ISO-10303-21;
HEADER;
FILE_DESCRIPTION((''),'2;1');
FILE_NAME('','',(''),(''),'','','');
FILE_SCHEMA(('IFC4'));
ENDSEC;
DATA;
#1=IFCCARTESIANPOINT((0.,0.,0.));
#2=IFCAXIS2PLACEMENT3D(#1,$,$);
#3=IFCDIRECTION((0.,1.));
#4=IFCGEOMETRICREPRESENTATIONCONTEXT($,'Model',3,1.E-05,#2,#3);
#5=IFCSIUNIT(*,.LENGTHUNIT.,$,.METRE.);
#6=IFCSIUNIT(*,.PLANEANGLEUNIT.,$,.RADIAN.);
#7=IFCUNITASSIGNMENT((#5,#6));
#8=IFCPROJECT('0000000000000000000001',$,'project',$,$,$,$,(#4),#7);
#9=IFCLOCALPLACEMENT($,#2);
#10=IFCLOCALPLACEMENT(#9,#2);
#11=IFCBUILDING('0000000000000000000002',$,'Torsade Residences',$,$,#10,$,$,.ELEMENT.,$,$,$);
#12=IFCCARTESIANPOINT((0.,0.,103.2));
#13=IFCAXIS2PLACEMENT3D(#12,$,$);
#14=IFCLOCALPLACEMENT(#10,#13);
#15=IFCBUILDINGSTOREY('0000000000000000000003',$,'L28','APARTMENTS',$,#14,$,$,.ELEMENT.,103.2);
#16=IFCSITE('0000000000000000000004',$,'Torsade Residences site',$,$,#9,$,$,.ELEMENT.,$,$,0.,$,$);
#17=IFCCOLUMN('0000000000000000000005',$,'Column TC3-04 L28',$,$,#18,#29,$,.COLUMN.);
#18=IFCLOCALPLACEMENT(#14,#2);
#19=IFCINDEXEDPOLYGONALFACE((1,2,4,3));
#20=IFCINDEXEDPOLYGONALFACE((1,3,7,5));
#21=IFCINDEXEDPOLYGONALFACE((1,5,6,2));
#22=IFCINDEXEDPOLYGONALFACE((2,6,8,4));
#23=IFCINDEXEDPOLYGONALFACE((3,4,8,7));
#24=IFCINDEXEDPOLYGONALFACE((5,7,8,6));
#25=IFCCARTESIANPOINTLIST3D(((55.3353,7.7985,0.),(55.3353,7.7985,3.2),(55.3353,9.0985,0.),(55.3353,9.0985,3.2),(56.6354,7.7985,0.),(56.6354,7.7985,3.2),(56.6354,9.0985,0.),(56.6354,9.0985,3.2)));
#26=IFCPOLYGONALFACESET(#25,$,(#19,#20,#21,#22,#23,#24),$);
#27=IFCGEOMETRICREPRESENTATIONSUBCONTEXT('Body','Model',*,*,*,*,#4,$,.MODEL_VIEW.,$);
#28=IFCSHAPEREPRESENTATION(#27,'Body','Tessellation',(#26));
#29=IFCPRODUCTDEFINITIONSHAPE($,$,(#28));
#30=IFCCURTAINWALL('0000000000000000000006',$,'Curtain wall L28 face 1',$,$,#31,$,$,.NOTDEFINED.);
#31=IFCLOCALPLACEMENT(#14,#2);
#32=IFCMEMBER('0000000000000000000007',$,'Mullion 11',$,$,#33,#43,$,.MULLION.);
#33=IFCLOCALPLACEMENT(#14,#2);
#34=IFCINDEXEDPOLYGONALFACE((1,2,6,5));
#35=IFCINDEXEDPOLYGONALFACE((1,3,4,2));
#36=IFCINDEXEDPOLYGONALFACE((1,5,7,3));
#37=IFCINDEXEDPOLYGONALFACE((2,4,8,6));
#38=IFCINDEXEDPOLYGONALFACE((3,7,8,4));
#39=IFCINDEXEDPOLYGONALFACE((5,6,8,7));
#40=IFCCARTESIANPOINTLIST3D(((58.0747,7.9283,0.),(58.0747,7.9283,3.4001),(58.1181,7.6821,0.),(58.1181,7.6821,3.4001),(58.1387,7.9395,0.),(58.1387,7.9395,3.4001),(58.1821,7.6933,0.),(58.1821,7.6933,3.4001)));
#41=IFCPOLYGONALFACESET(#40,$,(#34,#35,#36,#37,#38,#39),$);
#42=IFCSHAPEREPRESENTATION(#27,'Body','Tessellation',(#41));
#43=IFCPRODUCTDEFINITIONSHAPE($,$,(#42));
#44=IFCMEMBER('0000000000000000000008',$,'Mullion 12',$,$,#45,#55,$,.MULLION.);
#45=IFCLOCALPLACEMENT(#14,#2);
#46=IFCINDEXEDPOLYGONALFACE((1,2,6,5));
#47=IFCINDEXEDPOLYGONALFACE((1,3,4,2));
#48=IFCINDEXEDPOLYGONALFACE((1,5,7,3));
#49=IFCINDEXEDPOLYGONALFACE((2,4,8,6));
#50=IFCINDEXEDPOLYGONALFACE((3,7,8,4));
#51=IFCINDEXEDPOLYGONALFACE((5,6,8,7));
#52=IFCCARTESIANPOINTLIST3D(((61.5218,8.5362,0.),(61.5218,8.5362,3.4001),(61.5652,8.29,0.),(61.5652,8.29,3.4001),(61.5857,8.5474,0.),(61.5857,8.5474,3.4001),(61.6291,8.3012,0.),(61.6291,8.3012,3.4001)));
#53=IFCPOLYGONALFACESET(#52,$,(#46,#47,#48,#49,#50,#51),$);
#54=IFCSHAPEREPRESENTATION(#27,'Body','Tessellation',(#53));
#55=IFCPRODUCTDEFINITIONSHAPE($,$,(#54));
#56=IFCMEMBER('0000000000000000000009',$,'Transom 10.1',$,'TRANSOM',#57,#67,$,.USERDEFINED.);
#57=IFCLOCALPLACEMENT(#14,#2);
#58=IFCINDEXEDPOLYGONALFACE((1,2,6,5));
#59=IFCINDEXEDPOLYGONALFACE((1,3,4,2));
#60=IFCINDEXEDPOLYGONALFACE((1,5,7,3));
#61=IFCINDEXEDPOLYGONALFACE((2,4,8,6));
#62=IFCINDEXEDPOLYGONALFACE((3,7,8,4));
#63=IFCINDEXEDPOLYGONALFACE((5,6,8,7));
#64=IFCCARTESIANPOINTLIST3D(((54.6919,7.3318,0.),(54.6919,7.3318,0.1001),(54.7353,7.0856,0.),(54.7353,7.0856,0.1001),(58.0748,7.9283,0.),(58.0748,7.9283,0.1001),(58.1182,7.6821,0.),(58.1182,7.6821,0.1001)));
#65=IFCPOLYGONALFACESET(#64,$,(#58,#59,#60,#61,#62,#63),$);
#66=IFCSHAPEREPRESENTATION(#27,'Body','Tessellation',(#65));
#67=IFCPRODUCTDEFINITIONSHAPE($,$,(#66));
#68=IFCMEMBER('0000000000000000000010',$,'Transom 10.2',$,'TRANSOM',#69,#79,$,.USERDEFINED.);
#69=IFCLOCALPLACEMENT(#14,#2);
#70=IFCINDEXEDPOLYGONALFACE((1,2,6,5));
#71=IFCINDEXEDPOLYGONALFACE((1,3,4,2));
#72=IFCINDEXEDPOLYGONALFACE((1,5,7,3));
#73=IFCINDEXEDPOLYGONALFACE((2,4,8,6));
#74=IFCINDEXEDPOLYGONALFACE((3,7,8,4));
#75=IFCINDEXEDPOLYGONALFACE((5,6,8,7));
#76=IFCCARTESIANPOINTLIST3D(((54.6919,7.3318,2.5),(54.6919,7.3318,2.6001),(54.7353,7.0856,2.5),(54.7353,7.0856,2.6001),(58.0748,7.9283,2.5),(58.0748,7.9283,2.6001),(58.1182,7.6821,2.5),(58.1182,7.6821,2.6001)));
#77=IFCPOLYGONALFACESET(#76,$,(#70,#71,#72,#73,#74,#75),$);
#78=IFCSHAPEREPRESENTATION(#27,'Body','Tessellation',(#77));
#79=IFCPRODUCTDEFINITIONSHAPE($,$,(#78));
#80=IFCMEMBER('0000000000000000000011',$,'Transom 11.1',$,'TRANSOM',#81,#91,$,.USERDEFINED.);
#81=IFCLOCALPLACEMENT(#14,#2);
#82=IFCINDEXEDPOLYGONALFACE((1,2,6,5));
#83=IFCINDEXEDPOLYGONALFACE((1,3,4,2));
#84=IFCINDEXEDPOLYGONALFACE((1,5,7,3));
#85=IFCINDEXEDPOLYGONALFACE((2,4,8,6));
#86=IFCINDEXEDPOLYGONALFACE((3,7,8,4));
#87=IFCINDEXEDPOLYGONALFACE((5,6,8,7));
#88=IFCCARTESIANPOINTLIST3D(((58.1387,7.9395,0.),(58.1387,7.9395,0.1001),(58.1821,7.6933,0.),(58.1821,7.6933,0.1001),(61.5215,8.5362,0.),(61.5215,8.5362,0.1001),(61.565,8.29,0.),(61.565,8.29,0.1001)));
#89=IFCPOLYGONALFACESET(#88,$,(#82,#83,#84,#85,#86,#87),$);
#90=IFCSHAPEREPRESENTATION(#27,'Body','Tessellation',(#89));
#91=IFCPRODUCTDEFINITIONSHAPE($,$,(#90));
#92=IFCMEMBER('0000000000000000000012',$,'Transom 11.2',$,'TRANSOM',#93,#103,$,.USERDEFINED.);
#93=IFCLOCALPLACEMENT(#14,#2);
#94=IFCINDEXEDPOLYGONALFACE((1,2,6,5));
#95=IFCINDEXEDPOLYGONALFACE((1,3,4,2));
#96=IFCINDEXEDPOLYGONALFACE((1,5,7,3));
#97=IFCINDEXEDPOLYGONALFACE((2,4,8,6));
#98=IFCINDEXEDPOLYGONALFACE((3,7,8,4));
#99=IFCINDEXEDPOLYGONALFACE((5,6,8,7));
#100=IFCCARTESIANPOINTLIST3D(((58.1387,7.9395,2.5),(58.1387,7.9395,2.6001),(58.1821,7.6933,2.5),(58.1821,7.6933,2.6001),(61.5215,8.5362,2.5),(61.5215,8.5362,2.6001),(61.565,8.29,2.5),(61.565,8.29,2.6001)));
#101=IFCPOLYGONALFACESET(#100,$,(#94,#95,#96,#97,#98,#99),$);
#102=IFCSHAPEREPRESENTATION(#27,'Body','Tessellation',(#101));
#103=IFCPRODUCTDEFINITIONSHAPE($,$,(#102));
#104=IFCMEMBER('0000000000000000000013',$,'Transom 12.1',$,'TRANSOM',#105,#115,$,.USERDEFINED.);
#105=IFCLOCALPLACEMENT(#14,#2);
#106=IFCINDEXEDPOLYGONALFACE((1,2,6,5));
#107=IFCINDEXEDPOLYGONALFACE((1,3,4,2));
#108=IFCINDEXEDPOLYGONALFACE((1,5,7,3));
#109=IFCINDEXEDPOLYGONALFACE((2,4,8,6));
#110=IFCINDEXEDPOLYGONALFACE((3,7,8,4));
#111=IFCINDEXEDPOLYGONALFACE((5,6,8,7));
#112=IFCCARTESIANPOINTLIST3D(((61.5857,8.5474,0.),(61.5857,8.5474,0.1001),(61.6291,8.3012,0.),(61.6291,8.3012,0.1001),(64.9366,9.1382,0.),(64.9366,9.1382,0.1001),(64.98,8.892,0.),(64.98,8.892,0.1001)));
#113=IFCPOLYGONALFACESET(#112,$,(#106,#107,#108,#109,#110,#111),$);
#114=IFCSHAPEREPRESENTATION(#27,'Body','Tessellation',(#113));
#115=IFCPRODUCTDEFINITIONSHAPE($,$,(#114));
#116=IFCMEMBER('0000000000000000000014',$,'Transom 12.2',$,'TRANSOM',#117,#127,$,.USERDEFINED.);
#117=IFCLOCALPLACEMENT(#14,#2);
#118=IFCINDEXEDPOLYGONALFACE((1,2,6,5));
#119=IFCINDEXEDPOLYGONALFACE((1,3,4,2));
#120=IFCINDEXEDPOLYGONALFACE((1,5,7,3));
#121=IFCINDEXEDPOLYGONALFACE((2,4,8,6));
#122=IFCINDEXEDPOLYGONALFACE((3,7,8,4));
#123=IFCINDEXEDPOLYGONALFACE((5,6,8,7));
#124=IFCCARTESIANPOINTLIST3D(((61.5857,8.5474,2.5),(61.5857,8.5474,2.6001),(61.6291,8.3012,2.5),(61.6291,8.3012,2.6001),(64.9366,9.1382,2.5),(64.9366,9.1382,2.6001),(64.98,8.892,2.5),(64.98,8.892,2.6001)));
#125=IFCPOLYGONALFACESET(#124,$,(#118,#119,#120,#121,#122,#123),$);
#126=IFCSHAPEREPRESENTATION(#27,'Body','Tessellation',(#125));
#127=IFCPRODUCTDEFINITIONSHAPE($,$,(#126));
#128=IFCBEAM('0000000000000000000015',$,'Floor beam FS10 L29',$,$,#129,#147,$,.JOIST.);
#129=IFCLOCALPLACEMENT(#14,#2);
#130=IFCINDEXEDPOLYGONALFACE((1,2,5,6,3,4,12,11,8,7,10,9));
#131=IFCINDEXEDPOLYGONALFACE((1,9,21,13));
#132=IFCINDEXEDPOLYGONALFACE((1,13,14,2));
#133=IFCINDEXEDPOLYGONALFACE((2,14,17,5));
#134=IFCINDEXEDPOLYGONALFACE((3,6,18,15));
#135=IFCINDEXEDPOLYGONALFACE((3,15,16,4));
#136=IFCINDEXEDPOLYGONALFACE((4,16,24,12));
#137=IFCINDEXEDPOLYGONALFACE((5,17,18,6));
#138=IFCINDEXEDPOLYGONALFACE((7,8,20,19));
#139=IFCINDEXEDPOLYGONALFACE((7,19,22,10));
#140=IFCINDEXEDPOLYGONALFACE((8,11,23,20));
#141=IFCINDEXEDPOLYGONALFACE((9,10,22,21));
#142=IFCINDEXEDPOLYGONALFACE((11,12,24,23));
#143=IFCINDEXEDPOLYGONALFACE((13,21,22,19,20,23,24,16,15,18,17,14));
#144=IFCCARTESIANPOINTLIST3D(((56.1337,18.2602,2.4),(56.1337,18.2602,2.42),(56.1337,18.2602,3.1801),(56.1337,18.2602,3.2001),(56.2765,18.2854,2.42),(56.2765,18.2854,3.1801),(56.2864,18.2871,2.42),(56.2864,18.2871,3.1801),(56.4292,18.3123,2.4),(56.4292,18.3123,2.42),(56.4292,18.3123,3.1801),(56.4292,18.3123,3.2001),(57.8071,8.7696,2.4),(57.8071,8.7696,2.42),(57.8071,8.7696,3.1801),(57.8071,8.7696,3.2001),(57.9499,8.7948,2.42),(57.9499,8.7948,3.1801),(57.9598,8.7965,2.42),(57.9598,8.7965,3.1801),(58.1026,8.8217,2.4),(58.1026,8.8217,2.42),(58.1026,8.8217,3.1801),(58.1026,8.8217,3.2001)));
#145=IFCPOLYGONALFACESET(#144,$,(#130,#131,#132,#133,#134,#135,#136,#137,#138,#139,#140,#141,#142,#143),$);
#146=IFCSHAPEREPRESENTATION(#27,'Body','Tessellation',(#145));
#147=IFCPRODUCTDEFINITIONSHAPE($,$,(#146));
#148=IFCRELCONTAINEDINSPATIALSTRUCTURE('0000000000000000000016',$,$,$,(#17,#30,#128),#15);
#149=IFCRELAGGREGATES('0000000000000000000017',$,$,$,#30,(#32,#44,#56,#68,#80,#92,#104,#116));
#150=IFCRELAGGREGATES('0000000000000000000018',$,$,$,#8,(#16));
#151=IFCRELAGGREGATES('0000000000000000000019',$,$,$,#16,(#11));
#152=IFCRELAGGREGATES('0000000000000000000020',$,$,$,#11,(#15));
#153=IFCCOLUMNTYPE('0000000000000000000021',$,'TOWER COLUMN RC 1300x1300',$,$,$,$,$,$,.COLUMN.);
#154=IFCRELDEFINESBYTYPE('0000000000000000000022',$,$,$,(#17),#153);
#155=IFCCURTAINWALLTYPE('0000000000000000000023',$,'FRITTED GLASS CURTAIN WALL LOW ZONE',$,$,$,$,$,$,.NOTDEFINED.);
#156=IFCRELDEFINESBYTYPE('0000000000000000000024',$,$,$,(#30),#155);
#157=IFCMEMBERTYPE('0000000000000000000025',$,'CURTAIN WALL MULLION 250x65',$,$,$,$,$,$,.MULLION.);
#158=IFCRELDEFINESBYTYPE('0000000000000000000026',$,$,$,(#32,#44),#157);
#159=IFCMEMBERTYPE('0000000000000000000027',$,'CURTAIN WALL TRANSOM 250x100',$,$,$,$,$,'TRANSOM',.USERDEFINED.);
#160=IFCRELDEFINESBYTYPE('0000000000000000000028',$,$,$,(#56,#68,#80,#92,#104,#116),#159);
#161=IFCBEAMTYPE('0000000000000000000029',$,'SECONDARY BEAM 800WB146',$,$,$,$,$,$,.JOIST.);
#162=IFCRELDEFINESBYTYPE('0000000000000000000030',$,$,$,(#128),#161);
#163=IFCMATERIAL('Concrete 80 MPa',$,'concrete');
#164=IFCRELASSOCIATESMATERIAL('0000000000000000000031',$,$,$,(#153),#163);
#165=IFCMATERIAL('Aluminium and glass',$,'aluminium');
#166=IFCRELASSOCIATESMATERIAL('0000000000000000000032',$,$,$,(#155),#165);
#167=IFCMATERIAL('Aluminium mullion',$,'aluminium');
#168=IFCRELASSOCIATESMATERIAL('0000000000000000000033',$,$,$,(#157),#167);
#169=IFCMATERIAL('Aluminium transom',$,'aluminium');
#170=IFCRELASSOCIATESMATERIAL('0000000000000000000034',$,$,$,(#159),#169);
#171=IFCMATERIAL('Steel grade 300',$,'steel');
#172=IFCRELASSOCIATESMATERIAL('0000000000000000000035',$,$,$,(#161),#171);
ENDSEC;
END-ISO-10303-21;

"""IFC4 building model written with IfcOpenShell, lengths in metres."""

from ifc_helpers import new_model, si_unit, direction, frame, origin, origin_2d, place, context, subcontext, project, spatial, rectangle, i_section, extrude, material, material_profile, profile_set, type_object, element, aggregate, save


model = new_model("IFC4")

# Units and contexts
model_context = context("Model", 3, precision=1e-05, world=origin(), true_north=direction((0.0, 1.0)))
body_context = subcontext(model_context, "Body", "Model", "MODEL_VIEW")
ifc_project = project(units=[si_unit("LENGTHUNIT", "METRE"), si_unit("PLANEANGLEUNIT", "RADIAN")], contexts=[model_context])

# Site, building, storey
site_placement = place(None, origin())
site = spatial("IfcSite", under=ifc_project, at=site_placement, Name="Torsade Residences site", CompositionType="ELEMENT", RefElevation=0.0)
building_placement = place(site_placement, origin())
building = spatial("IfcBuilding", under=site, at=building_placement, Name="Torsade Residences", CompositionType="ELEMENT")
storey_placement = place(building_placement, frame((0.0, 0.0, 103.2)))
storey = spatial("IfcBuildingStorey", under=building, at=storey_placement, Name="L28", Description="APARTMENTS", CompositionType="ELEMENT", Elevation=103.2)

# Column
ifc_material_1 = material(Name="Concrete 80 MPa", Category="concrete")
ifc_material_profile_1 = material_profile(ifc_material_1, rectangle(XDim=1.3, YDim=1.3, at=origin_2d()), Name="RC 1300x1300")
ifc_profile_set_1 = profile_set([ifc_material_profile_1], Name="Concrete 80 MPa")
column_type = type_object("IfcColumnType", Name="TOWER COLUMN RC 1300x1300", PredefinedType="COLUMN", material=ifc_profile_set_1)
column_placement = place(storey_placement, frame((55.9854, 8.4485, 0.0), z_axis=(0.0, 0.0, 1.0), x_axis=(1.0, 0.0, 0.0)))
element("IfcColumn", 1, at=column_placement, inside=storey, type_object=column_type, Name="Column TC3-04 L28", PredefinedType="COLUMN", context=body_context, shape_type="SweptSolid", body=[
    extrude(rectangle(XDim=1.3, YDim=1.3, at=origin_2d()), origin(), (0.0, 0.0, 1.0), 3.2),
])

# Curtain wall, members
ifc_material_2 = material(Name="Aluminium and glass", Category="aluminium")
curtain_wall_type = type_object("IfcCurtainWallType", Name="FRITTED GLASS CURTAIN WALL LOW ZONE", PredefinedType="NOTDEFINED", material=ifc_material_2)
curtain_wall_placement = place(storey_placement, origin())
curtain_wall = element("IfcCurtainWall", 2, at=curtain_wall_placement, inside=storey, type_object=curtain_wall_type, Name="Curtain wall L28 face 1", PredefinedType="NOTDEFINED")
ifc_material_3 = material(Name="Aluminium mullion", Category="aluminium")
ifc_material_profile_2 = material_profile(ifc_material_3, rectangle(XDim=0.25, YDim=0.0649, at=origin_2d()), Name="CURTAIN WALL MULLION 250x65")
ifc_profile_set_2 = profile_set([ifc_material_profile_2], Name="Aluminium mullion")
member_type_1 = type_object("IfcMemberType", Name="CURTAIN WALL MULLION 250x65", PredefinedType="MULLION", material=ifc_profile_set_2)
member_1_placement = place(storey_placement, frame((58.1284, 7.8108, 0.0), z_axis=(0.0, 0.0, 1.0), x_axis=(-0.173648, 0.984808, 0.0)))
member_1 = element("IfcMember", 3, at=member_1_placement, type_object=member_type_1, Name="Mullion 11", PredefinedType="MULLION", context=body_context, shape_type="SweptSolid", body=[
    extrude(rectangle(XDim=0.25, YDim=0.0649, at=origin_2d()), origin(), (0.0, 0.0, 1.0), 3.4001),
])
member_2_placement = place(storey_placement, frame((61.5754, 8.4187, 0.0), z_axis=(0.0, 0.0, 1.0), x_axis=(-0.173648, 0.984808, 0.0)))
member_2 = element("IfcMember", 4, at=member_2_placement, type_object=member_type_1, Name="Mullion 12", PredefinedType="MULLION", context=body_context, shape_type="SweptSolid", body=[
    extrude(rectangle(XDim=0.25, YDim=0.0649, at=origin_2d()), origin(), (0.0, 0.0, 1.0), 3.4001),
])
ifc_material_4 = material(Name="Aluminium transom", Category="aluminium")
ifc_material_profile_3 = material_profile(ifc_material_4, rectangle(XDim=0.25, YDim=0.1001, at=origin_2d()), Name="CURTAIN WALL TRANSOM 250x100")
ifc_profile_set_3 = profile_set([ifc_material_profile_3], Name="Aluminium transom")
member_type_2 = type_object("IfcMemberType", Name="CURTAIN WALL TRANSOM 250x100", ElementType="TRANSOM", PredefinedType="USERDEFINED", material=ifc_profile_set_3)
member_3_placement = place(storey_placement, frame((54.7136, 7.2087, 0.05), z_axis=(0.98481, 0.173635, 0.0), x_axis=(-0.173635, 0.98481, 0.0)))
member_3 = element("IfcMember", 5, at=member_3_placement, type_object=member_type_2, Name="Transom 10.1", ObjectType="TRANSOM", PredefinedType="USERDEFINED", context=body_context, shape_type="SweptSolid", body=[
    extrude(rectangle(XDim=0.25, YDim=0.1001, at=origin_2d()), origin(), (0.0, 0.0, 1.0), 3.4351),
])
member_4_placement = place(storey_placement, frame((54.7136, 7.2087, 2.55), z_axis=(0.98481, 0.173635, 0.0), x_axis=(-0.173635, 0.98481, 0.0)))
member_4 = element("IfcMember", 6, at=member_4_placement, type_object=member_type_2, Name="Transom 10.2", ObjectType="TRANSOM", PredefinedType="USERDEFINED", context=body_context, shape_type="SweptSolid", body=[
    extrude(rectangle(XDim=0.25, YDim=0.1001, at=origin_2d()), origin(), (0.0, 0.0, 1.0), 3.4351),
])
member_5_placement = place(storey_placement, frame((58.1604, 7.8164, 0.05), z_axis=(0.984798, 0.173704, 0.0), x_axis=(-0.173704, 0.984798, 0.0)))
member_5 = element("IfcMember", 7, at=member_5_placement, type_object=member_type_2, Name="Transom 11.1", ObjectType="TRANSOM", PredefinedType="USERDEFINED", context=body_context, shape_type="SweptSolid", body=[
    extrude(rectangle(XDim=0.25, YDim=0.1001, at=origin_2d()), origin(), (0.0, 0.0, 1.0), 3.4351),
])
member_6_placement = place(storey_placement, frame((58.1604, 7.8164, 2.55), z_axis=(0.984798, 0.173704, 0.0), x_axis=(-0.173704, 0.984798, 0.0)))
member_6 = element("IfcMember", 8, at=member_6_placement, type_object=member_type_2, Name="Transom 11.2", ObjectType="TRANSOM", PredefinedType="USERDEFINED", context=body_context, shape_type="SweptSolid", body=[
    extrude(rectangle(XDim=0.25, YDim=0.1001, at=origin_2d()), origin(), (0.0, 0.0, 1.0), 3.4351),
])
member_7_placement = place(storey_placement, frame((61.6074, 8.4243, 0.05), z_axis=(0.984809, 0.173642, 0.0), x_axis=(-0.173642, 0.984809, 0.0)))
member_7 = element("IfcMember", 9, at=member_7_placement, type_object=member_type_2, Name="Transom 12.1", ObjectType="TRANSOM", PredefinedType="USERDEFINED", context=body_context, shape_type="SweptSolid", body=[
    extrude(rectangle(XDim=0.25, YDim=0.1001, at=origin_2d()), origin(), (0.0, 0.0, 1.0), 3.4026),
])
member_8_placement = place(storey_placement, frame((61.6074, 8.4243, 2.55), z_axis=(0.984809, 0.173642, 0.0), x_axis=(-0.173642, 0.984809, 0.0)))
member_8 = element("IfcMember", 10, at=member_8_placement, type_object=member_type_2, Name="Transom 12.2", ObjectType="TRANSOM", PredefinedType="USERDEFINED", context=body_context, shape_type="SweptSolid", body=[
    extrude(rectangle(XDim=0.25, YDim=0.1001, at=origin_2d()), origin(), (0.0, 0.0, 1.0), 3.4026),
])

# Beam
ifc_material_5 = material(Name="Steel grade 300", Category="steel")
ifc_material_profile_4 = material_profile(ifc_material_5, i_section(OverallWidth=0.3, OverallDepth=0.8, WebThickness=0.01, FlangeThickness=0.02, at=origin_2d()), Name="800WB146")
ifc_profile_set_4 = profile_set([ifc_material_profile_4], Name="Steel grade 300")
beam_type_1 = type_object("IfcBeamType", Name="SECONDARY BEAM 800WB146", PredefinedType="JOIST", material=ifc_profile_set_4)
beam_1_placement = place(storey_placement, frame((57.9548, 8.7957, 2.8), z_axis=(-0.173639, 0.984809, 0.0), x_axis=(-0.984809, -0.173639, 0.0)))
element("IfcBeam", 11, at=beam_1_placement, inside=storey, type_object=beam_type_1, Name="Floor beam FS10 L29", PredefinedType="JOIST", context=body_context, shape_type="SweptSolid", body=[
    extrude(i_section(OverallWidth=0.3, OverallDepth=0.8, WebThickness=0.01, FlangeThickness=0.02, at=origin_2d()), origin(), (0.0, 0.0, 1.0), 9.637),
])

aggregate(curtain_wall, [member_1, member_2, member_3, member_4, member_5, member_6, member_7, member_8])

save(model, "model.ifc")
